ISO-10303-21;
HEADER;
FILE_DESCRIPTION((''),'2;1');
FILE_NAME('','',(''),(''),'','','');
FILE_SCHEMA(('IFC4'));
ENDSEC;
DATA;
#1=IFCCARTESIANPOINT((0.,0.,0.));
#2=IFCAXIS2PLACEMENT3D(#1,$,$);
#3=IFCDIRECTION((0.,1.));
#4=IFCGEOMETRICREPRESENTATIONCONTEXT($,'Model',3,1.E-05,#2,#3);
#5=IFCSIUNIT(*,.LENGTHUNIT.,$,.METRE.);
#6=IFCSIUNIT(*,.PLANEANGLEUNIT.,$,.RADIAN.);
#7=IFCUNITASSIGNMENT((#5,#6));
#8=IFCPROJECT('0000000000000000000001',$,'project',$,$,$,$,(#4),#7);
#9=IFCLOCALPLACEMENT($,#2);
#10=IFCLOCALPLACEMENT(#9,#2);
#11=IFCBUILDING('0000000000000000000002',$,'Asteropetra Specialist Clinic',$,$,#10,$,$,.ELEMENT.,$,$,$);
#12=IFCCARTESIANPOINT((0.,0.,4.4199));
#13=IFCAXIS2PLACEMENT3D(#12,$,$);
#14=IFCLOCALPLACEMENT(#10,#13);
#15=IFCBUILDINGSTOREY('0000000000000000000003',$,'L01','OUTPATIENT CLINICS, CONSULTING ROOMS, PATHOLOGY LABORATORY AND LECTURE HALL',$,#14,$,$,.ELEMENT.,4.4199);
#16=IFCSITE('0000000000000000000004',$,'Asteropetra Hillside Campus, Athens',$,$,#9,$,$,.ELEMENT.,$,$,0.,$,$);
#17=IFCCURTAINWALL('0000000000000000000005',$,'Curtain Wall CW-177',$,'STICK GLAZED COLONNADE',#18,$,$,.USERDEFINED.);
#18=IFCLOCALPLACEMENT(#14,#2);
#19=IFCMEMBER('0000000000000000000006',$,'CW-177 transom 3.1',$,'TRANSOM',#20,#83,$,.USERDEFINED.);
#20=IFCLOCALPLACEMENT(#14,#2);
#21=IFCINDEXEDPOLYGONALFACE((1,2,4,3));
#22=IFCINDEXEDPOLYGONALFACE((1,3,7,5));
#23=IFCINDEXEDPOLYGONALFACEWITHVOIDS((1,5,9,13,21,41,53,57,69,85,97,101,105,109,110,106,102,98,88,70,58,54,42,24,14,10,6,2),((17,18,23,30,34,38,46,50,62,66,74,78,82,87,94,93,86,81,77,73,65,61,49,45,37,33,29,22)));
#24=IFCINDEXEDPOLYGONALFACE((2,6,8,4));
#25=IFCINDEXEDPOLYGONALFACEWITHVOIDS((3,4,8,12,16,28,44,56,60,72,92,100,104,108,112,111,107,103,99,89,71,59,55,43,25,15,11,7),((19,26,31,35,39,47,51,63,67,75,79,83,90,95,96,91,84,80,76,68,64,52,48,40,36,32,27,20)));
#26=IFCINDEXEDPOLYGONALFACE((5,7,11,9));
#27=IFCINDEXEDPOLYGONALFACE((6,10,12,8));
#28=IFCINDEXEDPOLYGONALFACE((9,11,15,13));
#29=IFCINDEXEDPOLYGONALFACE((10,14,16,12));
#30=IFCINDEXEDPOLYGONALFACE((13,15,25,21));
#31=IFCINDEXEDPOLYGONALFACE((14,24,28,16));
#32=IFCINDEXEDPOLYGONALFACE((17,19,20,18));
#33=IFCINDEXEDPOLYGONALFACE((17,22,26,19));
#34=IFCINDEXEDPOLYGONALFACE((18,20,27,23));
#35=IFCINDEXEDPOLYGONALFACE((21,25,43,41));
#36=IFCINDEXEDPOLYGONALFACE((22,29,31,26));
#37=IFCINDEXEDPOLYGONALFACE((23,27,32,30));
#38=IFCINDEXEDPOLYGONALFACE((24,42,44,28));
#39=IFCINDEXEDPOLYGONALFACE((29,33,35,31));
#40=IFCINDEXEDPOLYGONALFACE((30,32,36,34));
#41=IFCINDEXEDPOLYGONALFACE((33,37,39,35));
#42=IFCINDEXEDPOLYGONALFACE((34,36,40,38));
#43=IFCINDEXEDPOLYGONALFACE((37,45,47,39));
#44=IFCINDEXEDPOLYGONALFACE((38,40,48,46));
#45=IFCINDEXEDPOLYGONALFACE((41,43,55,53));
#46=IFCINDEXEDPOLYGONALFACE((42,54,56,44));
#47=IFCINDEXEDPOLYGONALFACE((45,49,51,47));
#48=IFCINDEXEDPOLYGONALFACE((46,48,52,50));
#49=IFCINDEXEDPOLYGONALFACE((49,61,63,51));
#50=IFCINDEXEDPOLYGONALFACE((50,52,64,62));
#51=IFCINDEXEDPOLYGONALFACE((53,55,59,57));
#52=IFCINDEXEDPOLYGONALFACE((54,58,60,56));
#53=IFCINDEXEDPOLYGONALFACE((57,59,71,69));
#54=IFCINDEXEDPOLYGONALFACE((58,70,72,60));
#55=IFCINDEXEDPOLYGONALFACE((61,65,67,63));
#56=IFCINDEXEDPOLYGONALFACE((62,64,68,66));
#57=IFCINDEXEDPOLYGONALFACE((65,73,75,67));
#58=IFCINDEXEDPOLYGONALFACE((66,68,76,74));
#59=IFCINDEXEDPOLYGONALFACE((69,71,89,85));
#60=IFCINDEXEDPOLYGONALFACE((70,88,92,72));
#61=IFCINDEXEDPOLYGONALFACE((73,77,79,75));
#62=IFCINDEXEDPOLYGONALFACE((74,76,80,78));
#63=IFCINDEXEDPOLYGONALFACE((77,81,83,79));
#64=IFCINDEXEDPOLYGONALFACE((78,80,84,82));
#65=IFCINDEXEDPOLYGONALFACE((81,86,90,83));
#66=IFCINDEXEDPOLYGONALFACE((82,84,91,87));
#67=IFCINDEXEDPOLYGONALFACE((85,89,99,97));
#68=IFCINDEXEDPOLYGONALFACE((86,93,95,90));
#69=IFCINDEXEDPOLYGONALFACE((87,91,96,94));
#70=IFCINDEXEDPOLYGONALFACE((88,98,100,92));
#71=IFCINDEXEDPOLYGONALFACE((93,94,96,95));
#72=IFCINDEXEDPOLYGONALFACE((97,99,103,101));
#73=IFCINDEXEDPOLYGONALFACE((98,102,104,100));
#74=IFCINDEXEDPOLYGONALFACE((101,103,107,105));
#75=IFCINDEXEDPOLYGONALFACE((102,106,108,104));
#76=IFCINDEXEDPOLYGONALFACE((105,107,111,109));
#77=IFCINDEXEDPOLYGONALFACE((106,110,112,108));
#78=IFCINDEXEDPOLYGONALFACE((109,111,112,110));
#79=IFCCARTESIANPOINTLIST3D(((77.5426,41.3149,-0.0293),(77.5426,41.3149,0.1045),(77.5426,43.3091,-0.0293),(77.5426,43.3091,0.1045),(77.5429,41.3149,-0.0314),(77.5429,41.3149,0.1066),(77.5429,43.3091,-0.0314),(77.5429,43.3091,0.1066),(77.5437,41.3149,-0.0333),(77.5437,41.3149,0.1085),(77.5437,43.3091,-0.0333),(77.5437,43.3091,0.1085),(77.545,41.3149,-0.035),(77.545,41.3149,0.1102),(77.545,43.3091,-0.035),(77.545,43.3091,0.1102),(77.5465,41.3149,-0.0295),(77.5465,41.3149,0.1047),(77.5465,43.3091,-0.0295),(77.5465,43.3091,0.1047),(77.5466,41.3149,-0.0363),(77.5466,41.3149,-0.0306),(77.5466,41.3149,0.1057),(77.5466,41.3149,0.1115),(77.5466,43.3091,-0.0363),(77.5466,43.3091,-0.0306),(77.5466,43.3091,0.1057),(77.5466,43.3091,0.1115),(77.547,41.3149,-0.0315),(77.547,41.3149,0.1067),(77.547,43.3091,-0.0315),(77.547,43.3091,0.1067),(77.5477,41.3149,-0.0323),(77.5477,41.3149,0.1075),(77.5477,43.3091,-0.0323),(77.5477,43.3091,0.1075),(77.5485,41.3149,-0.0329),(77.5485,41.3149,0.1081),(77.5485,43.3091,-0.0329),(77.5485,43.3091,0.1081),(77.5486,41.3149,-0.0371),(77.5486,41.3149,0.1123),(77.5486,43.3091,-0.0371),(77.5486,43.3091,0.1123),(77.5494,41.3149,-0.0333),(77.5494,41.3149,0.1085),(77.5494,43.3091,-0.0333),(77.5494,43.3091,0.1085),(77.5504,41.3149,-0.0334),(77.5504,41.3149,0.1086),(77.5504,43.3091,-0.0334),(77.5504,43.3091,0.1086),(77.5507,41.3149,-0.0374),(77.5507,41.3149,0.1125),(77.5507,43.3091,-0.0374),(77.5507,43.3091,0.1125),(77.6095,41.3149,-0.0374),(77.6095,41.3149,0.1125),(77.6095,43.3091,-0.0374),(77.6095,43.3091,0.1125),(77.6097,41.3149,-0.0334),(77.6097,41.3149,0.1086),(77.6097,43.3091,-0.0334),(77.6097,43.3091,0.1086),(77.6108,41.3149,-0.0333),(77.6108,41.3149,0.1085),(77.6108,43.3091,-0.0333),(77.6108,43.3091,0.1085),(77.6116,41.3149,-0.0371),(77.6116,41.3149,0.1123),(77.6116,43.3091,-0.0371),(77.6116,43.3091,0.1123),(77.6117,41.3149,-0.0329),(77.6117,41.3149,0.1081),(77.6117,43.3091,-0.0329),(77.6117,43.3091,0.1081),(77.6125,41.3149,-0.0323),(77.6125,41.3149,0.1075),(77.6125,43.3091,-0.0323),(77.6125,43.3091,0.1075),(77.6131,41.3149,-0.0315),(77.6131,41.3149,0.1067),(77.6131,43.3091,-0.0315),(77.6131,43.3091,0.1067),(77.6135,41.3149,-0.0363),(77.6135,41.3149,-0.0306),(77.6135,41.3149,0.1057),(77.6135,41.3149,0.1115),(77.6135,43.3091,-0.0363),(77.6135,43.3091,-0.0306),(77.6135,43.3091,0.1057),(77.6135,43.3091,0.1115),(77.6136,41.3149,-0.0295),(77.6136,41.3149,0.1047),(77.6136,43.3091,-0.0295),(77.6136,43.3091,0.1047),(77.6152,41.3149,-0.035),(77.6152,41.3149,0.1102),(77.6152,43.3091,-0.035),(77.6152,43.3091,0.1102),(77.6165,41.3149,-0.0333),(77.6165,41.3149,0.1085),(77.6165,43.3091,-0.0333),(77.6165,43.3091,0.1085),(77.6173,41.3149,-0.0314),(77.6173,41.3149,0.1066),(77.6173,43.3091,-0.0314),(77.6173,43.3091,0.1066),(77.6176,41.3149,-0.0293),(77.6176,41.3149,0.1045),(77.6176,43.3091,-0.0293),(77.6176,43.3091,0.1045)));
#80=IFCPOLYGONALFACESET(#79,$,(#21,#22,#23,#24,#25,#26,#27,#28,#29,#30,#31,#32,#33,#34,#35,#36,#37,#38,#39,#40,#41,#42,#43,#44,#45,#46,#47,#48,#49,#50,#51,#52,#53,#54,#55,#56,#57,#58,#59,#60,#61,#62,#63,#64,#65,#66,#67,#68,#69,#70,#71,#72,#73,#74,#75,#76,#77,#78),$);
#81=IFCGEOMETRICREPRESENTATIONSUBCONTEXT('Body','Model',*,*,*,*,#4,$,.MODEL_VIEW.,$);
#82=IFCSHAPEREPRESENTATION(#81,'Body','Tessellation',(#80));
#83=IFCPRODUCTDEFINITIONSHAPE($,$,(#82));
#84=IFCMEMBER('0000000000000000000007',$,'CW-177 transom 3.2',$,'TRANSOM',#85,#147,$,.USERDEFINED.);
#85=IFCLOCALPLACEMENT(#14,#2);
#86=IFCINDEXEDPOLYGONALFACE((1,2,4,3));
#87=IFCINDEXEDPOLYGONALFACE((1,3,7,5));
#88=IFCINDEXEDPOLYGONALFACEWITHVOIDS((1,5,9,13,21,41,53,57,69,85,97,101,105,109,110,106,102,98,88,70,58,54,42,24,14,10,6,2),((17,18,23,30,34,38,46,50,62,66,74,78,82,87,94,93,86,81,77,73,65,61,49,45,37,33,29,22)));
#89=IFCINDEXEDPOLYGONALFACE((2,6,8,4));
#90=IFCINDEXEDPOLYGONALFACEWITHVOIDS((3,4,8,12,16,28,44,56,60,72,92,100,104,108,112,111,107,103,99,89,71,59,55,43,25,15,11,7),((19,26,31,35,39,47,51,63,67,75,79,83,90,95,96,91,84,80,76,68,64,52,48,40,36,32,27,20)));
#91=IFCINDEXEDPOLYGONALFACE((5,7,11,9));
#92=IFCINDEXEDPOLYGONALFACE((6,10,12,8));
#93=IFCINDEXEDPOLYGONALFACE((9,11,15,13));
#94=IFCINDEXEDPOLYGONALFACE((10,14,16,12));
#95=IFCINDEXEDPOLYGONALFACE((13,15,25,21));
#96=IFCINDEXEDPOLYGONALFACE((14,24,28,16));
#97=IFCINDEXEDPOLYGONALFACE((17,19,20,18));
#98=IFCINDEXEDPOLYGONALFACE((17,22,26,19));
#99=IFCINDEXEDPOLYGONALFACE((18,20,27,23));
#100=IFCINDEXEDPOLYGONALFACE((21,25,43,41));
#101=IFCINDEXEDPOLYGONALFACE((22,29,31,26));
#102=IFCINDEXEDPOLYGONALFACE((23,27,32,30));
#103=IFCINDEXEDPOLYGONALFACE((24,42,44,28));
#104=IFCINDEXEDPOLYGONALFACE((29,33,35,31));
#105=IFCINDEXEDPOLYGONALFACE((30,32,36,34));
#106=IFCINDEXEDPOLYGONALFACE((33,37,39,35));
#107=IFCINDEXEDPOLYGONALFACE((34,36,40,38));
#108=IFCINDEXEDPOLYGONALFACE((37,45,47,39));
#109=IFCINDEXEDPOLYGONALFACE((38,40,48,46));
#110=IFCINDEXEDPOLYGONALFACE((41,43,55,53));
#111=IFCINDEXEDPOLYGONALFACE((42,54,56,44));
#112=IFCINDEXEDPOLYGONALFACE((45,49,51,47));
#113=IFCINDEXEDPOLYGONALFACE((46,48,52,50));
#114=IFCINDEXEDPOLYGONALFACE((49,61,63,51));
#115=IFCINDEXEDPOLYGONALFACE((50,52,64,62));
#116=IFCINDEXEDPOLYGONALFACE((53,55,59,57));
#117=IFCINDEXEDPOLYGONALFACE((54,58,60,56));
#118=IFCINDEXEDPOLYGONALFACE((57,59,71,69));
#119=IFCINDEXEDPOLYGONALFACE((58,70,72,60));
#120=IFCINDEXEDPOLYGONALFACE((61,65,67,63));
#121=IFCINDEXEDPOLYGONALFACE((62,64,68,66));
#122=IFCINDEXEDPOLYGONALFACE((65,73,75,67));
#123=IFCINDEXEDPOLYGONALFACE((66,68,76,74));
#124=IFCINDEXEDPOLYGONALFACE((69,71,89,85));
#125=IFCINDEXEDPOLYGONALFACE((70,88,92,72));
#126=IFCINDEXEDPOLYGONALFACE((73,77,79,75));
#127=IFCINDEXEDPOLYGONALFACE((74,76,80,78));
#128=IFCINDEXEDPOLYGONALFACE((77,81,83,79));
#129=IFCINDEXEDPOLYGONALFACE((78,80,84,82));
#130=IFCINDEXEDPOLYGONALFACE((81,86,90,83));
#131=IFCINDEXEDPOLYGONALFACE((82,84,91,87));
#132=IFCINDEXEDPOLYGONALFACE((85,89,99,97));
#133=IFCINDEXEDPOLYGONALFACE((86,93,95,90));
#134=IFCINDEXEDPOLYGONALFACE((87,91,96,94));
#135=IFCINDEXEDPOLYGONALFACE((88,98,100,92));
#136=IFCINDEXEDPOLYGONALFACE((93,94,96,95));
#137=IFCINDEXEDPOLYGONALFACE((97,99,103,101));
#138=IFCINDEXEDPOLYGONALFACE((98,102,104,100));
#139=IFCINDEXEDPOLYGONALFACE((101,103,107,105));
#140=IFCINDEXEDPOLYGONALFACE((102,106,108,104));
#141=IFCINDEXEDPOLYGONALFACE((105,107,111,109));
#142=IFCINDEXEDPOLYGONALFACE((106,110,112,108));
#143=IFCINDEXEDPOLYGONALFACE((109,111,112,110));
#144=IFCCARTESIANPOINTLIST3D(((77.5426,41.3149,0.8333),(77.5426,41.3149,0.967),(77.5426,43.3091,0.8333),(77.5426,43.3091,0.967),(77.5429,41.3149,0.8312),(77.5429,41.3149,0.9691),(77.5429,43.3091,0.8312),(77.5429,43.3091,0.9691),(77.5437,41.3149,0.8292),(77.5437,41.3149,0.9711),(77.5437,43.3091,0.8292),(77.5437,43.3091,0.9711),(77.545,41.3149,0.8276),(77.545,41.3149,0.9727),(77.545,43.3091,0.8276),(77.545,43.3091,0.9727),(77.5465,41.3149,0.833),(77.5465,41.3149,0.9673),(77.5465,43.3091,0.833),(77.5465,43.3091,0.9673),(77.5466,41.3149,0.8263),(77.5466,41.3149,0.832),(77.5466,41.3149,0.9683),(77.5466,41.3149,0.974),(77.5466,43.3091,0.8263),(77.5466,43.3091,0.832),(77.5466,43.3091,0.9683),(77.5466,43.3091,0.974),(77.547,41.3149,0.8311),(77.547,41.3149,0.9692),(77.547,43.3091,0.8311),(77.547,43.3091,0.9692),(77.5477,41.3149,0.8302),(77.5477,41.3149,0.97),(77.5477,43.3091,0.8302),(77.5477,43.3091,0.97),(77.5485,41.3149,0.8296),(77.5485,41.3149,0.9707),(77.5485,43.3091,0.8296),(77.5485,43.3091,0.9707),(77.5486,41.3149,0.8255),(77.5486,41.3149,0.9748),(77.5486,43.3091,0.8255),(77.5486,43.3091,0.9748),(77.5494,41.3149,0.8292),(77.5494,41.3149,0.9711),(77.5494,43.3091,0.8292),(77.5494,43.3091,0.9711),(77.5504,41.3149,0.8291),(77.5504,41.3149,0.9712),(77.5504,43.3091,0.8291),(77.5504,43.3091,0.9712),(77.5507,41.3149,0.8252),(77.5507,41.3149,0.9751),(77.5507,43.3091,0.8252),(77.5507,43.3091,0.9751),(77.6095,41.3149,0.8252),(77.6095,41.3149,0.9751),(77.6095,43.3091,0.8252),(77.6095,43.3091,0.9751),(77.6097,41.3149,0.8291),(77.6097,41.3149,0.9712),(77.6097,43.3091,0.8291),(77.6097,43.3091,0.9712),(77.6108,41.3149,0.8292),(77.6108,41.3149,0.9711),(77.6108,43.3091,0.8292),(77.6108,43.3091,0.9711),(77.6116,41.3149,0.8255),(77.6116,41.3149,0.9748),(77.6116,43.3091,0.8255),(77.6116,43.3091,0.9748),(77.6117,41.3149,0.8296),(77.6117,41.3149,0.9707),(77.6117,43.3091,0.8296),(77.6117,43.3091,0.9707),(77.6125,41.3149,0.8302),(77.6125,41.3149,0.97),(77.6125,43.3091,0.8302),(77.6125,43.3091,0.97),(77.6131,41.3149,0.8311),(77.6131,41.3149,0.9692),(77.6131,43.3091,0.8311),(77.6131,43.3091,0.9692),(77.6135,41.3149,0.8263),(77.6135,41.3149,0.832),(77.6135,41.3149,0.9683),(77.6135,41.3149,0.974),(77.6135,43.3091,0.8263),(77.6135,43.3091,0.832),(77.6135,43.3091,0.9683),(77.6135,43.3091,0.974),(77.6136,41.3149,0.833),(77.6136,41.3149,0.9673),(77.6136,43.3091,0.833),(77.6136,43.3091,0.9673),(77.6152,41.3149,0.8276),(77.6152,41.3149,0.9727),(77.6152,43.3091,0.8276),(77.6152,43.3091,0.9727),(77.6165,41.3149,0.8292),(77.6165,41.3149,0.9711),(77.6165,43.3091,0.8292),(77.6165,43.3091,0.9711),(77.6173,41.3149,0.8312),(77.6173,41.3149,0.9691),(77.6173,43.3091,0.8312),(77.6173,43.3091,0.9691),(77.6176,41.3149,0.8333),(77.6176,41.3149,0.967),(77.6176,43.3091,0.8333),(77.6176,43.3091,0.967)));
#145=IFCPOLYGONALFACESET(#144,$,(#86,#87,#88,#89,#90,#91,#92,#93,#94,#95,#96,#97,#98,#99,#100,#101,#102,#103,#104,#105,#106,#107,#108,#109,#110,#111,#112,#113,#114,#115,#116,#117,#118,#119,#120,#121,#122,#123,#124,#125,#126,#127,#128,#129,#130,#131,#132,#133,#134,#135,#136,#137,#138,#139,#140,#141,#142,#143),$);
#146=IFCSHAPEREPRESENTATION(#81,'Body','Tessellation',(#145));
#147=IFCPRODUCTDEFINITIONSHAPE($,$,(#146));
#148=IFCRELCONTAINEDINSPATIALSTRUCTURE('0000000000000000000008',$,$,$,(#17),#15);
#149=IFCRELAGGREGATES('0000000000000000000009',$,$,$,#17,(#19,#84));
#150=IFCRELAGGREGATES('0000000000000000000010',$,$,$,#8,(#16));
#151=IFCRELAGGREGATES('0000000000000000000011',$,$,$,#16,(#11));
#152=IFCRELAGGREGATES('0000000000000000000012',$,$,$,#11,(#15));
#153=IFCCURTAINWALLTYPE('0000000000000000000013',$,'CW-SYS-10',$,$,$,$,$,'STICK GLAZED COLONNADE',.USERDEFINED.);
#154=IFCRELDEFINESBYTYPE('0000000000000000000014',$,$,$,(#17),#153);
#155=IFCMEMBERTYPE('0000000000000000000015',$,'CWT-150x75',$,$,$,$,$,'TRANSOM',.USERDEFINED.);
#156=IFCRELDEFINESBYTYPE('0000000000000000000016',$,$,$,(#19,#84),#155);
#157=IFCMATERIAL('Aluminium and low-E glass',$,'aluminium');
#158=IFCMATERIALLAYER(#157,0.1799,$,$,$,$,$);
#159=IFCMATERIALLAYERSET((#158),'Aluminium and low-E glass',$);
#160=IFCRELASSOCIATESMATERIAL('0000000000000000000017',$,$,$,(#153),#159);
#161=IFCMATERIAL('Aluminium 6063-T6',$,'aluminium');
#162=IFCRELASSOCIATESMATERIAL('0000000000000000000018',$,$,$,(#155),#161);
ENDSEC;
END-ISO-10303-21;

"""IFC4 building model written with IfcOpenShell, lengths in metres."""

from ifc_helpers import new_model, si_unit, direction, frame, origin, origin_2d, place, context, subcontext, project, spatial, hollow_rectangle, extrude, material, layer, layer_set, material_profile, profile_set, type_object, element, aggregate, save


model = new_model("IFC4")

# Units and contexts
model_context = context("Model", 3, precision=1e-05, world=origin(), true_north=direction((0.0, 1.0)))
body_context = subcontext(model_context, "Body", "Model", "MODEL_VIEW")
ifc_project = project(units=[si_unit("LENGTHUNIT", "METRE"), si_unit("PLANEANGLEUNIT", "RADIAN")], contexts=[model_context])

# Site, building, storey
site_placement = place(None, origin())
site = spatial("IfcSite", under=ifc_project, at=site_placement, Name="Asteropetra Hillside Campus, Athens", CompositionType="ELEMENT", RefElevation=0.0)
building_placement = place(site_placement, origin())
building = spatial("IfcBuilding", under=site, at=building_placement, Name="Asteropetra Specialist Clinic", CompositionType="ELEMENT")
storey_placement = place(building_placement, frame((0.0, 0.0, 4.4199)))
storey = spatial("IfcBuildingStorey", under=building, at=storey_placement, Name="L01", Description="OUTPATIENT CLINICS, CONSULTING ROOMS, PATHOLOGY LABORATORY AND LECTURE HALL", CompositionType="ELEMENT", Elevation=4.4199)

# Curtain wall, members
ifc_material_1 = material(Name="Aluminium and low-E glass", Category="aluminium")
ifc_layer_1 = layer(ifc_material_1, 0.1799)
ifc_layer_set_1 = layer_set([ifc_layer_1], Name="Aluminium and low-E glass")
curtain_wall_type = type_object("IfcCurtainWallType", Name="CW-SYS-10", ElementType="STICK GLAZED COLONNADE", PredefinedType="USERDEFINED", material=ifc_layer_set_1)
curtain_wall_placement = place(storey_placement, origin())
curtain_wall = element("IfcCurtainWall", 1, at=curtain_wall_placement, inside=storey, type_object=curtain_wall_type, Name="Curtain Wall CW-177", ObjectType="STICK GLAZED COLONNADE", PredefinedType="USERDEFINED")
ifc_material_2 = material(Name="Aluminium 6063-T6", Category="aluminium")
ifc_material_profile_1 = material_profile(ifc_material_2, hollow_rectangle(XDim=0.075, YDim=0.1499, WallThickness=0.0039, InnerFilletRadius=0.0039, OuterFilletRadius=0.0081, at=origin_2d()), Name="TRN 150x75x4.0")
ifc_profile_set_1 = profile_set([ifc_material_profile_1], Name="Aluminium 6063-T6")
member_type_1 = type_object("IfcMemberType", Name="CWT-150x75", ElementType="TRANSOM", PredefinedType="USERDEFINED", material=ifc_profile_set_1)
member_1_placement = place(storey_placement, frame((77.5801, 43.3091, 0.0376), z_axis=(0.0, -1.0, 0.0), x_axis=(1.0, 0.0, 0.0)))
member_1 = element("IfcMember", 2, at=member_1_placement, type_object=member_type_1, Name="CW-177 transom 3.1", ObjectType="TRANSOM", PredefinedType="USERDEFINED", context=body_context, shape_type="SweptSolid", body=[
    extrude(hollow_rectangle(XDim=0.075, YDim=0.1499, WallThickness=0.0039, InnerFilletRadius=0.0039, OuterFilletRadius=0.0081, at=origin_2d()), origin(), (0.0, 0.0, 1.0), 1.9941),
])
member_2_placement = place(storey_placement, frame((77.5801, 43.3091, 0.9001), z_axis=(0.0, -1.0, 0.0), x_axis=(1.0, 0.0, 0.0)))
member_2 = element("IfcMember", 3, at=member_2_placement, type_object=member_type_1, Name="CW-177 transom 3.2", ObjectType="TRANSOM", PredefinedType="USERDEFINED", context=body_context, shape_type="SweptSolid", body=[
    extrude(hollow_rectangle(XDim=0.075, YDim=0.1499, WallThickness=0.0039, InnerFilletRadius=0.0039, OuterFilletRadius=0.0081, at=origin_2d()), origin(), (0.0, 0.0, 1.0), 1.9941),
])

aggregate(curtain_wall, [member_1, member_2])

save(model, "model.ifc")
